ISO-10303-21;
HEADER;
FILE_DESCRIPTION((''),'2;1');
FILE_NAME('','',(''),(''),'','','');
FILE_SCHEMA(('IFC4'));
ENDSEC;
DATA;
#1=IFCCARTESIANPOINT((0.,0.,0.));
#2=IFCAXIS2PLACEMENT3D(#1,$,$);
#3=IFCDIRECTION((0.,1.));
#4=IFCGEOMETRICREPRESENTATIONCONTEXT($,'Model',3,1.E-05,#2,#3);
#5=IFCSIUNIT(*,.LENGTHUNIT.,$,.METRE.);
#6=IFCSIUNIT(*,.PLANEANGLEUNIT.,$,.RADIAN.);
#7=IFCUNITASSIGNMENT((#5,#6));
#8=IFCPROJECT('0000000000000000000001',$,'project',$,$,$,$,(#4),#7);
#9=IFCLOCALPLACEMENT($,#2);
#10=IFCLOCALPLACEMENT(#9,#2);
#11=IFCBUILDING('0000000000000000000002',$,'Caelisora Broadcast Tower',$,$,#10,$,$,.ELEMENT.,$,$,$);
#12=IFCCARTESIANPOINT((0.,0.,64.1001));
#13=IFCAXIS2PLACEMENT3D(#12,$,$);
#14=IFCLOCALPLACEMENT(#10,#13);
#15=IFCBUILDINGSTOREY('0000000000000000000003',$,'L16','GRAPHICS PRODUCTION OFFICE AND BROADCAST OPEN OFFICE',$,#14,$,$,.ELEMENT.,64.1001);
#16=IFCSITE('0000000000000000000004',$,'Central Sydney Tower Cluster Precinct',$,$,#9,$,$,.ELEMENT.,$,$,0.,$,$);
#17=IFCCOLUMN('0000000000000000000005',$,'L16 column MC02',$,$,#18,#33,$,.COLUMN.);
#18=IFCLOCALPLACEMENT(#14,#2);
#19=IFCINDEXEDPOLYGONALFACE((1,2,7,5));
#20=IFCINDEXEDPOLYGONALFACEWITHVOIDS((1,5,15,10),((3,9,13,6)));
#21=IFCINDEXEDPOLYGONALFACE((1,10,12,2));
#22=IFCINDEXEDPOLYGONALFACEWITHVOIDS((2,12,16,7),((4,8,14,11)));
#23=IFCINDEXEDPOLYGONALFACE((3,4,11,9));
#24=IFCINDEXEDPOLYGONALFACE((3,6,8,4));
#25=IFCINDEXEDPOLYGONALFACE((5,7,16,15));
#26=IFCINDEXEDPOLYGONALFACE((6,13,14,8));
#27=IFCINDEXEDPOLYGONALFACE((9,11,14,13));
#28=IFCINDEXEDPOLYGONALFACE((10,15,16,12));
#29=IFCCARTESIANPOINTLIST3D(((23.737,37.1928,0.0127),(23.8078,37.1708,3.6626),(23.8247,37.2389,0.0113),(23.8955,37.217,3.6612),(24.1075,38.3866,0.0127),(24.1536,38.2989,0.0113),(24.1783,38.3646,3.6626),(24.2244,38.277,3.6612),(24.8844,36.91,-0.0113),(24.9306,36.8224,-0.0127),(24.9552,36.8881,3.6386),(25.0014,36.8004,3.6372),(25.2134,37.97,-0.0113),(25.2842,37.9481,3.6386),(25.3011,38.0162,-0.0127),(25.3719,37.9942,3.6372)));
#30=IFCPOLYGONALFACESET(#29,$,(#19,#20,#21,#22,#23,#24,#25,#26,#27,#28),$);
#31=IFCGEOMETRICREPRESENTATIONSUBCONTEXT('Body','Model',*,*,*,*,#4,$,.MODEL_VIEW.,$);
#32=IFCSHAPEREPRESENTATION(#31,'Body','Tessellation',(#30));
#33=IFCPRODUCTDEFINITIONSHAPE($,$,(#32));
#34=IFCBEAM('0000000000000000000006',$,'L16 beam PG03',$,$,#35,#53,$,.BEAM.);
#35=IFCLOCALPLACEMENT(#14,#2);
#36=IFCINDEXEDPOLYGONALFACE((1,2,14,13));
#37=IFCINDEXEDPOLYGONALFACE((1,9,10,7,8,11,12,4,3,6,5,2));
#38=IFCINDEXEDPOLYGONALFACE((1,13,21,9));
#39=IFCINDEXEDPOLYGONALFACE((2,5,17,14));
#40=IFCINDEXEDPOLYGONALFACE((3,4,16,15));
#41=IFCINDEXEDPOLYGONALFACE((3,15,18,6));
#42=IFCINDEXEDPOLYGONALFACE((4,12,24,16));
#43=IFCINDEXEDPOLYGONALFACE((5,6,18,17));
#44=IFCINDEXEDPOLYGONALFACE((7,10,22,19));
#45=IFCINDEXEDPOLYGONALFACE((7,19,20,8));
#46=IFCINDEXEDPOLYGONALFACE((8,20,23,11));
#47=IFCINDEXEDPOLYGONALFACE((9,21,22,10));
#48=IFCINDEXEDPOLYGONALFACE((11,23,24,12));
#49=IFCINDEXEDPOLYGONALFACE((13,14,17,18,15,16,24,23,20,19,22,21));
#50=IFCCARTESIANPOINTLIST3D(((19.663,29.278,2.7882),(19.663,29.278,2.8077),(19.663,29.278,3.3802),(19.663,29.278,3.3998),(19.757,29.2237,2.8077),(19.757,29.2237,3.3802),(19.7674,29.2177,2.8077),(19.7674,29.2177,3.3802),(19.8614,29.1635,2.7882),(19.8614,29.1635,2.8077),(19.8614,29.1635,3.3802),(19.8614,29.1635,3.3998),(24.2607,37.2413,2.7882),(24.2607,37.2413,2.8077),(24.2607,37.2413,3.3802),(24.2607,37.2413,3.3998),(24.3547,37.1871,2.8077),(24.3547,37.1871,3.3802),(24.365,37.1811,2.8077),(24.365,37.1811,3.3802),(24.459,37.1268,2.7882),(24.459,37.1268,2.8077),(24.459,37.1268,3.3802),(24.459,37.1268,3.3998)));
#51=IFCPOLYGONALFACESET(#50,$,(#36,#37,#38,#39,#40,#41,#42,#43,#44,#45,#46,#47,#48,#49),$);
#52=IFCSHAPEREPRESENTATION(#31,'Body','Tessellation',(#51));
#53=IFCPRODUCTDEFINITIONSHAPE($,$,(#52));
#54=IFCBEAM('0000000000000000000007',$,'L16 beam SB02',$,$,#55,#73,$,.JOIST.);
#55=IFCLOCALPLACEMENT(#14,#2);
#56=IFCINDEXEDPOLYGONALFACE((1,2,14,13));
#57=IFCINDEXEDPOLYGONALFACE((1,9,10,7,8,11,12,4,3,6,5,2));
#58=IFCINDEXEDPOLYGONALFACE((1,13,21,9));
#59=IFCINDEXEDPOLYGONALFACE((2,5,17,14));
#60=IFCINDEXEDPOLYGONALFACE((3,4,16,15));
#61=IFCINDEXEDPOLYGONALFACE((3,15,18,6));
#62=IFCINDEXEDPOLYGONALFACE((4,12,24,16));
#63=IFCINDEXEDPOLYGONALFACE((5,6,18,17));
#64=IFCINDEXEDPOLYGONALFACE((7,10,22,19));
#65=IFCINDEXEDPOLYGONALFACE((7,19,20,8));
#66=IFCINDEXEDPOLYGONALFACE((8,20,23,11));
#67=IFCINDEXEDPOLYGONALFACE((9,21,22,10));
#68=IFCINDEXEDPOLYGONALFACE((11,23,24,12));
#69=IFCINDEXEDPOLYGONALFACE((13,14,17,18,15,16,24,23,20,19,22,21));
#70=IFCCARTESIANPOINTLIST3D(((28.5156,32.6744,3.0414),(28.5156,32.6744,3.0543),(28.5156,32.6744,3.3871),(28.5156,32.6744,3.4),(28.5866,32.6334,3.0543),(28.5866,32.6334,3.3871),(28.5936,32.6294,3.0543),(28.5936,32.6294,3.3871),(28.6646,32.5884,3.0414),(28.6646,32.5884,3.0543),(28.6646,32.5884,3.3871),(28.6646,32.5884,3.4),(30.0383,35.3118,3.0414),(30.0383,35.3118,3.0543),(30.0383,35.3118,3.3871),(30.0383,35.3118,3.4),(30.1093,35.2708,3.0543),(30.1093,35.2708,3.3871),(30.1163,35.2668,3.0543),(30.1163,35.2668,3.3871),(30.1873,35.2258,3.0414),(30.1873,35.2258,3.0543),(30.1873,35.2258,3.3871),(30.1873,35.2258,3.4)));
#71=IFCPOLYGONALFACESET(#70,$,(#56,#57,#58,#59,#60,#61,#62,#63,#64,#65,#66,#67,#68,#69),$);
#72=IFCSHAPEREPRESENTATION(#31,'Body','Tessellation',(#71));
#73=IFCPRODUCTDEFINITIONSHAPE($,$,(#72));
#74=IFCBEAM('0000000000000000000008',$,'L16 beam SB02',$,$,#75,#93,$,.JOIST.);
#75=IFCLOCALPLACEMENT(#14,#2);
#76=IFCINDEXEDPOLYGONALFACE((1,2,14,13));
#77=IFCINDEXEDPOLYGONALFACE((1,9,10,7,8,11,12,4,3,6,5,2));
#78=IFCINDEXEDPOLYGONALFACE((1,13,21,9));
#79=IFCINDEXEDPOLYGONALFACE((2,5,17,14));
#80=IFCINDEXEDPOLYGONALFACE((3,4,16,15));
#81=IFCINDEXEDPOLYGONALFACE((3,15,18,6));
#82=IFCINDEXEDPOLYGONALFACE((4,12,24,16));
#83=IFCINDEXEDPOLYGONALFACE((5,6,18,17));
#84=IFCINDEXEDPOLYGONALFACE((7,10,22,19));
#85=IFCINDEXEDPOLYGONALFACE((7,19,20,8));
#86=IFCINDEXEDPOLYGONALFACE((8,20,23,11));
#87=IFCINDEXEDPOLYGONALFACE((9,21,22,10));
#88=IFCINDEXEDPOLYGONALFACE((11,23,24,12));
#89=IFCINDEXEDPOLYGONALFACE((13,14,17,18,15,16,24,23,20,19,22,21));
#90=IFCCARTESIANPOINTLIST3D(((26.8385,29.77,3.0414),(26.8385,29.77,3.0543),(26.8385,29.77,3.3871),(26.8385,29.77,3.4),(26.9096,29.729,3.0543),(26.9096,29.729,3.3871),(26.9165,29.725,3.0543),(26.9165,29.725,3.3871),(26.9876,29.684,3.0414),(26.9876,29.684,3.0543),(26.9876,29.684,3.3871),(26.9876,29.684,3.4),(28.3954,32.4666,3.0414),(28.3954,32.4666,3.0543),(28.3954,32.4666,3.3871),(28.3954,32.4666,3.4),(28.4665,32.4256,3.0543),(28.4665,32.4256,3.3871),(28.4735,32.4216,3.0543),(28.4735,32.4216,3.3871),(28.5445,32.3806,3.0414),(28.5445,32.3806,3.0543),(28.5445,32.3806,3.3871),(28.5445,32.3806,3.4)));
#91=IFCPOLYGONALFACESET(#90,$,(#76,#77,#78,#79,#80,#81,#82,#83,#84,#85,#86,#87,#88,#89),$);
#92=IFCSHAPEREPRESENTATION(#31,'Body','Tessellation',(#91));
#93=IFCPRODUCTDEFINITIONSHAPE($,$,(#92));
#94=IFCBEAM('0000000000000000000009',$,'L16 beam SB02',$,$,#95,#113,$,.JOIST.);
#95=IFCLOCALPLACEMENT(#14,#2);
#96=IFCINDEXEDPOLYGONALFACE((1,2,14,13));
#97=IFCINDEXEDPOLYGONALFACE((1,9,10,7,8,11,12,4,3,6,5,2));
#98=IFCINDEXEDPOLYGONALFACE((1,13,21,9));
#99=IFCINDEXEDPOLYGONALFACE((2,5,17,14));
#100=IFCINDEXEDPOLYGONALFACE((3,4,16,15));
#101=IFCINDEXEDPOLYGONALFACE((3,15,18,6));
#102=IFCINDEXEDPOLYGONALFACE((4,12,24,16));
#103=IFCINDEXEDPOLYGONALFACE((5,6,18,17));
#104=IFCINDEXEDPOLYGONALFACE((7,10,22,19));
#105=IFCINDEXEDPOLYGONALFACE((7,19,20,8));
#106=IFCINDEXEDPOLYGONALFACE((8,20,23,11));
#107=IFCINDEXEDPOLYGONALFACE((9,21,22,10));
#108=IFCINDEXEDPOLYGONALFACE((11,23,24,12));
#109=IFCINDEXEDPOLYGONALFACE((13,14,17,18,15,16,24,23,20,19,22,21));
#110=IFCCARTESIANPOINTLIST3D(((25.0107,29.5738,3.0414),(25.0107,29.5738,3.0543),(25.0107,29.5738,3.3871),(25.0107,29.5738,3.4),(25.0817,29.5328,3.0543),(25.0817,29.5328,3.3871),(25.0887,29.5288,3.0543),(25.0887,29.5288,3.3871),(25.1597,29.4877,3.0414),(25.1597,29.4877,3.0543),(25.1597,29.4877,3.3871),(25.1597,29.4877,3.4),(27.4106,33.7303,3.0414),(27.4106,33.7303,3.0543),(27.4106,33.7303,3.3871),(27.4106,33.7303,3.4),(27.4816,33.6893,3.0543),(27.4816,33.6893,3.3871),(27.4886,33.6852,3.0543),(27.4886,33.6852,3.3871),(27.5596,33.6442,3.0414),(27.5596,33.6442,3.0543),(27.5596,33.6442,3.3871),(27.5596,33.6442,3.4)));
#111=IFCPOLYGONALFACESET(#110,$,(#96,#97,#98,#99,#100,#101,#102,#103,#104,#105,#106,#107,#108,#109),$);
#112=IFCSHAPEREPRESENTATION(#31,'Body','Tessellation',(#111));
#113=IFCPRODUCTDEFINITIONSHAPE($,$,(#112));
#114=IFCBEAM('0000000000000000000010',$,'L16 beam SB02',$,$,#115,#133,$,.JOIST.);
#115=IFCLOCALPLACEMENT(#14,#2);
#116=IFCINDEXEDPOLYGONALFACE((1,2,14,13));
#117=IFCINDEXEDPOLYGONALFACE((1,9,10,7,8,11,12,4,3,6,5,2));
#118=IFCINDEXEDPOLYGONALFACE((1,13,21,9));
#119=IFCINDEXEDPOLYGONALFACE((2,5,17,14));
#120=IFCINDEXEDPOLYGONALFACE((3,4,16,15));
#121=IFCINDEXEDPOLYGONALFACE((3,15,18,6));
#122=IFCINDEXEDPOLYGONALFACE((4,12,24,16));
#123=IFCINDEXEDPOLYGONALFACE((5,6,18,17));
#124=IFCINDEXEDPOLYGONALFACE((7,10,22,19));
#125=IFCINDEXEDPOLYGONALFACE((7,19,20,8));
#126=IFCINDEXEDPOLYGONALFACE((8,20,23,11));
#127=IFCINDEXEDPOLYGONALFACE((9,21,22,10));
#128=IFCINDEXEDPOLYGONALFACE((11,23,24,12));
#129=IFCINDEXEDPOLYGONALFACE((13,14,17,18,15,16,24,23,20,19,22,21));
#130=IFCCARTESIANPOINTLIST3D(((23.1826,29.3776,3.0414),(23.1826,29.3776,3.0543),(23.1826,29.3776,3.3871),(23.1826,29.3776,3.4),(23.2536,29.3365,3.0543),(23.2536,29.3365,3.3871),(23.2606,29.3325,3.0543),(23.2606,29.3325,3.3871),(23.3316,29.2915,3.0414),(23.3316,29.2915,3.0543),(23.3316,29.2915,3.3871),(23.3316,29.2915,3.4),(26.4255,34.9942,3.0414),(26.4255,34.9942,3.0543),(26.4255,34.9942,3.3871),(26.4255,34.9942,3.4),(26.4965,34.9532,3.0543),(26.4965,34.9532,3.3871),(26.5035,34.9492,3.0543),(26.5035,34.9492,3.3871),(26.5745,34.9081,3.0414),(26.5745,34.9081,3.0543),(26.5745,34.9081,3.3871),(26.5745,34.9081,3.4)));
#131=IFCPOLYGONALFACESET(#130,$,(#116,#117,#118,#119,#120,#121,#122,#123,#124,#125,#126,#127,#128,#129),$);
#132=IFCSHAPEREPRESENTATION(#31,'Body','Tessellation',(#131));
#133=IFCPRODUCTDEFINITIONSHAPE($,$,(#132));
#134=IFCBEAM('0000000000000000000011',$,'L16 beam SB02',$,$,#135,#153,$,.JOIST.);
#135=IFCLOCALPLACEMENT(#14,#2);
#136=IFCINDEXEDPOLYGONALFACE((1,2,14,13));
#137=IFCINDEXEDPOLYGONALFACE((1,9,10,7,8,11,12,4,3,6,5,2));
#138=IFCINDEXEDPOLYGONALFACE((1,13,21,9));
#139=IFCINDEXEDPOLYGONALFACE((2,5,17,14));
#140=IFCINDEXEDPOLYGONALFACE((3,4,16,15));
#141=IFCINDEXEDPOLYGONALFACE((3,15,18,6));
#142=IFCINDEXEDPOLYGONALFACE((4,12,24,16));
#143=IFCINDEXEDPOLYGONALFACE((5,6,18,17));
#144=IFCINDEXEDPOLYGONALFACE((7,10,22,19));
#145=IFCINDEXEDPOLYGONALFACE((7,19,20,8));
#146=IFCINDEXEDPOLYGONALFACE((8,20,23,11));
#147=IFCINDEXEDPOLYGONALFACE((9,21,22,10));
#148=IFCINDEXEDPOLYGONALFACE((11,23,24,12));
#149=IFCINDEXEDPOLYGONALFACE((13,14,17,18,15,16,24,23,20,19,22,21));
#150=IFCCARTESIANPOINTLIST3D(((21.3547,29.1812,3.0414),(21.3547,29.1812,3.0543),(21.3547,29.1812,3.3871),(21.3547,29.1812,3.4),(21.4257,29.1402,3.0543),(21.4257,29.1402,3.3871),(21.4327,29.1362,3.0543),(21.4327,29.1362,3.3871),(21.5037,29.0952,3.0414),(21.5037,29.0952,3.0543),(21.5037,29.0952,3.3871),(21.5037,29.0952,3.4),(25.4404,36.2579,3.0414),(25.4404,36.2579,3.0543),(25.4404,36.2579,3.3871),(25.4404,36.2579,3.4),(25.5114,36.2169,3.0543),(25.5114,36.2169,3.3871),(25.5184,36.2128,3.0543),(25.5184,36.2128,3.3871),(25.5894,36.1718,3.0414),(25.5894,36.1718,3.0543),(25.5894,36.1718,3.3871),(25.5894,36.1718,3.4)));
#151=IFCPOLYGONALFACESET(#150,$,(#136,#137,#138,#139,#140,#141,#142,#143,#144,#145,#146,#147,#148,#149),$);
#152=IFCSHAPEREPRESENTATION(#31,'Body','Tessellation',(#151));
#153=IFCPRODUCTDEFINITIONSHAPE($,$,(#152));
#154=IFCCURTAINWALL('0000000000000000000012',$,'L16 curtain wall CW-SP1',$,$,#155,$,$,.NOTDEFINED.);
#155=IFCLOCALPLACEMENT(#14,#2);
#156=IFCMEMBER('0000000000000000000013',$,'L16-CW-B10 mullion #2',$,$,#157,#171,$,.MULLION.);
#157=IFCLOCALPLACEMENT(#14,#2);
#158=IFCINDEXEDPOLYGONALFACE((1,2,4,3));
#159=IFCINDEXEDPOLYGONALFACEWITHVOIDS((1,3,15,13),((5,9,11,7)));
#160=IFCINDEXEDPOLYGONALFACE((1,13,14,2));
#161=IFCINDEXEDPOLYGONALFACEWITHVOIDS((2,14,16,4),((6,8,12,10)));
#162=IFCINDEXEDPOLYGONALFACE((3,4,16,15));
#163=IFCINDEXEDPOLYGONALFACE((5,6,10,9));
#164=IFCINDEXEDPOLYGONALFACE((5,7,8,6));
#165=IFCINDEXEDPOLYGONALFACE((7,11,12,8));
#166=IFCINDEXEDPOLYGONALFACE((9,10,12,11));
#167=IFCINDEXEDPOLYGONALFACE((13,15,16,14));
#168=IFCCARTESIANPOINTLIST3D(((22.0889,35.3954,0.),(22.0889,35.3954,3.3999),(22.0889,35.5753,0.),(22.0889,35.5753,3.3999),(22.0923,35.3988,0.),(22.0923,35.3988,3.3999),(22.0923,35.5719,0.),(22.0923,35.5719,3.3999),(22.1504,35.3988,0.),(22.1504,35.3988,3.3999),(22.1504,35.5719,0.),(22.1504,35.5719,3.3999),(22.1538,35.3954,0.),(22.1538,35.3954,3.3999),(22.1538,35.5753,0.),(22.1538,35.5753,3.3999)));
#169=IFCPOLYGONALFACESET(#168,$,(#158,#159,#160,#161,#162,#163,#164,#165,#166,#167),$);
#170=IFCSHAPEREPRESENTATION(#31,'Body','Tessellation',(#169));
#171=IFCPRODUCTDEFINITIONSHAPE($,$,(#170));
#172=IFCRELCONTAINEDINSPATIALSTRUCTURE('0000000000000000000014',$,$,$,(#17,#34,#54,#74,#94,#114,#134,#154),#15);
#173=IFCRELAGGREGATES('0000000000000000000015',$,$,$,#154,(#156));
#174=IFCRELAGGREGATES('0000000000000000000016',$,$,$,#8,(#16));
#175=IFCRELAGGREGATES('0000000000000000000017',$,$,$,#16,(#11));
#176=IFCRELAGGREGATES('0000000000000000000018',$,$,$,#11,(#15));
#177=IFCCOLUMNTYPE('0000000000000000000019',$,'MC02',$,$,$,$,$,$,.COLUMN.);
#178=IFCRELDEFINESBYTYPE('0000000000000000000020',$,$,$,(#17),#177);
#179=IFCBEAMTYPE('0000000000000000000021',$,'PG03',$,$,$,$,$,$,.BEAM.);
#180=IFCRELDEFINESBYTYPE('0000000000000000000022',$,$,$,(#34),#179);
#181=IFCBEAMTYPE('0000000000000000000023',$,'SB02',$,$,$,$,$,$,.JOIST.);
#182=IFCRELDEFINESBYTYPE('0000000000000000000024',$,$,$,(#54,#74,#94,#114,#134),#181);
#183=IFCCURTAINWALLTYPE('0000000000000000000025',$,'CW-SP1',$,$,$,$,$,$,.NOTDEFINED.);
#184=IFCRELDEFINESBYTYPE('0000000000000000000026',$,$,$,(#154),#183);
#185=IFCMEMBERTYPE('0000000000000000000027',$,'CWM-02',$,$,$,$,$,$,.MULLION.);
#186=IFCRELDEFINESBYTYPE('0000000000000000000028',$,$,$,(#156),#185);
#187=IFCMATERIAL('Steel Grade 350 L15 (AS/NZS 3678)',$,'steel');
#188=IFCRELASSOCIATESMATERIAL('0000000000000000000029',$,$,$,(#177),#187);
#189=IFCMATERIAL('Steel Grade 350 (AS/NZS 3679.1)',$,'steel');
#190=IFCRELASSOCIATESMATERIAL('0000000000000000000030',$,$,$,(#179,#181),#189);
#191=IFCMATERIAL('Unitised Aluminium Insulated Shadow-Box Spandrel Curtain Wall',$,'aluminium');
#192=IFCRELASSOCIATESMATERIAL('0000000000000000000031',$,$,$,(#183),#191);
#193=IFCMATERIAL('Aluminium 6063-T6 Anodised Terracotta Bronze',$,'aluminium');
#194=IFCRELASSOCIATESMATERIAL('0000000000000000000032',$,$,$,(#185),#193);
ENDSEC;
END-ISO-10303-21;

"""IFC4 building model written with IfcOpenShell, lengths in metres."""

from ifc_helpers import new_model, si_unit, direction, frame, origin, origin_2d, place, context, subcontext, project, spatial, hollow_rectangle, i_section, extrude, source, transform, mapped, material, material_profile, profile_set, type_object, type_shapes, element, aggregate, save


model = new_model("IFC4")

# Units and contexts
model_context = context("Model", 3, precision=1e-05, world=origin(), true_north=direction((0.0, 1.0)))
body_context = subcontext(model_context, "Body", "Model", "MODEL_VIEW")
ifc_project = project(units=[si_unit("LENGTHUNIT", "METRE"), si_unit("PLANEANGLEUNIT", "RADIAN")], contexts=[model_context])

# Site, building, storey
site_placement = place(None, origin())
site = spatial("IfcSite", under=ifc_project, at=site_placement, Name="Central Sydney Tower Cluster Precinct", CompositionType="ELEMENT", RefElevation=0.0)
building_placement = place(site_placement, origin())
building = spatial("IfcBuilding", under=site, at=building_placement, Name="Caelisora Broadcast Tower", CompositionType="ELEMENT")
storey_placement = place(building_placement, frame((0.0, 0.0, 64.1001)))
storey = spatial("IfcBuildingStorey", under=building, at=storey_placement, Name="L16", Description="GRAPHICS PRODUCTION OFFICE AND BROADCAST OPEN OFFICE", CompositionType="ELEMENT", Elevation=64.1001)

# Column
ifc_material_1 = material(Name="Steel Grade 350 L15 (AS/NZS 3678)", Category="steel")
ifc_material_profile_1 = material_profile(ifc_material_1, hollow_rectangle(XDim=1.25, YDim=1.25, WallThickness=0.0701, at=origin_2d()), Name="Steel Grade 350 L15 (AS/NZS 3678)")
ifc_profile_set_1 = profile_set([ifc_material_profile_1], Name="Steel Grade 350 L15 (AS/NZS 3678)")
column_type = type_object("IfcColumnType", Name="MC02", PredefinedType="COLUMN", material=ifc_profile_set_1)
shared_shape_1 = source(origin(), body_context, "Body", "SweptSolid", [
    extrude(hollow_rectangle(XDim=1.25, YDim=1.25, WallThickness=0.0701, at=origin_2d()), origin(), (0.0, 0.0, 1.0), 3.6506),
])
type_shapes(column_type, [shared_shape_1])
column_placement = place(storey_placement, frame((24.519, 37.6045, 0.0), z_axis=(0.019394, -0.006019, 0.999794), x_axis=(0.296399, 0.955064, 0.0)))
element("IfcColumn", 1, at=column_placement, inside=storey, type_object=column_type, Name="L16 column MC02", PredefinedType="COLUMN", context=body_context, shape_type="MappedRepresentation", body=[
    mapped(shared_shape_1, transform((0.0, 0.0, 0.0), scale=1.0)),
])

# Beams
ifc_material_2 = material(Name="Steel Grade 350 (AS/NZS 3679.1)", Category="steel")
ifc_material_profile_2 = material_profile(ifc_material_2, i_section(OverallWidth=0.229, OverallDepth=0.6116, WebThickness=0.012, FlangeThickness=0.0195, at=origin_2d()), Name="Steel Grade 350 (AS/NZS 3679.1)")
ifc_profile_set_2 = profile_set([ifc_material_profile_2], Name="Steel Grade 350 (AS/NZS 3679.1)")
beam_type_1 = type_object("IfcBeamType", Name="PG03", PredefinedType="BEAM", material=ifc_profile_set_2)
shared_shape_2 = source(origin(), body_context, "Body", "SweptSolid", [
    extrude(i_section(OverallWidth=0.229, OverallDepth=0.6116, WebThickness=0.012, FlangeThickness=0.0195, at=origin_2d()), origin(), (0.0, 0.0, 1.0), 9.1953),
])
type_shapes(beam_type_1, [shared_shape_2])
beam_1_placement = place(storey_placement, frame((24.3599, 37.1841, 3.094), z_axis=(-0.5, -0.866026, 0.0), x_axis=(0.866026, -0.5, 0.0)))
element("IfcBeam", 2, at=beam_1_placement, inside=storey, type_object=beam_type_1, Name="L16 beam PG03", PredefinedType="BEAM", context=body_context, shape_type="MappedRepresentation", body=[
    mapped(shared_shape_2, transform((0.0, 0.0, 0.0), scale=1.0)),
])
ifc_material_profile_3 = material_profile(ifc_material_2, i_section(OverallWidth=0.1721, OverallDepth=0.3586, WebThickness=0.0081, FlangeThickness=0.0129, at=origin_2d()), Name="Steel Grade 350 (AS/NZS 3679.1)")
ifc_profile_set_3 = profile_set([ifc_material_profile_3], Name="Steel Grade 350 (AS/NZS 3679.1)")
beam_type_2 = type_object("IfcBeamType", Name="SB02", PredefinedType="JOIST", material=ifc_profile_set_3)
shared_shape_3 = source(origin(), body_context, "Body", "SweptSolid", [
    extrude(i_section(OverallWidth=0.1721, OverallDepth=0.3586, WebThickness=0.0081, FlangeThickness=0.0129, at=origin_2d()), origin(), (0.0, 0.0, 1.0), 3.0454),
])
beam_2_placement = place(storey_placement, frame((30.1128, 35.2688, 3.2207), z_axis=(-0.499993, -0.866029, 0.0), x_axis=(0.866029, -0.499993, 0.0)))
element("IfcBeam", 3, at=beam_2_placement, inside=storey, type_object=beam_type_2, Name="L16 beam SB02", PredefinedType="JOIST", context=body_context, shape_type="MappedRepresentation", body=[
    mapped(shared_shape_3, transform((0.0, 0.0, 0.0), scale=1.0)),
])
shared_shape_4 = source(origin(), body_context, "Body", "SweptSolid", [
    extrude(i_section(OverallWidth=0.1721, OverallDepth=0.3586, WebThickness=0.0081, FlangeThickness=0.0129, at=origin_2d()), origin(), (0.0, 0.0, 1.0), 3.1138),
])
beam_3_placement = place(storey_placement, frame((28.47, 32.4236, 3.2207), z_axis=(-0.50001, -0.86602, 0.0), x_axis=(0.86602, -0.50001, 0.0)))
element("IfcBeam", 4, at=beam_3_placement, inside=storey, type_object=beam_type_2, Name="L16 beam SB02", PredefinedType="JOIST", context=body_context, shape_type="MappedRepresentation", body=[
    mapped(shared_shape_4, transform((0.0, 0.0, 0.0), scale=1.0)),
])
shared_shape_5 = source(origin(), body_context, "Body", "SweptSolid", [
    extrude(i_section(OverallWidth=0.1721, OverallDepth=0.3586, WebThickness=0.0081, FlangeThickness=0.0129, at=origin_2d()), origin(), (0.0, 0.0, 1.0), 4.7996),
])
beam_4_placement = place(storey_placement, frame((27.4851, 33.6873, 3.2207), z_axis=(-0.500023, -0.866012, 0.0), x_axis=(0.866012, -0.500023, 0.0)))
element("IfcBeam", 5, at=beam_4_placement, inside=storey, type_object=beam_type_2, Name="L16 beam SB02", PredefinedType="JOIST", context=body_context, shape_type="MappedRepresentation", body=[
    mapped(shared_shape_5, transform((0.0, 0.0, 0.0), scale=1.0)),
])
shared_shape_6 = source(origin(), body_context, "Body", "SweptSolid", [
    extrude(i_section(OverallWidth=0.1721, OverallDepth=0.3586, WebThickness=0.0081, FlangeThickness=0.0129, at=origin_2d()), origin(), (0.0, 0.0, 1.0), 6.4856),
])
beam_5_placement = place(storey_placement, frame((26.5, 34.9512, 3.2207), z_axis=(-0.500014, -0.866018, 0.0), x_axis=(0.866018, -0.500014, 0.0)))
element("IfcBeam", 6, at=beam_5_placement, inside=storey, type_object=beam_type_2, Name="L16 beam SB02", PredefinedType="JOIST", context=body_context, shape_type="MappedRepresentation", body=[
    mapped(shared_shape_6, transform((0.0, 0.0, 0.0), scale=1.0)),
])
shared_shape_7 = source(origin(), body_context, "Body", "SweptSolid", [
    extrude(i_section(OverallWidth=0.1721, OverallDepth=0.3586, WebThickness=0.0081, FlangeThickness=0.0129, at=origin_2d()), origin(), (0.0, 0.0, 1.0), 8.1714),
])
type_shapes(beam_type_2, [shared_shape_3, shared_shape_4, shared_shape_5, shared_shape_6, shared_shape_7])
beam_6_placement = place(storey_placement, frame((25.5149, 36.2148, 3.2207), z_axis=(-0.499998, -0.866026, 0.0), x_axis=(0.866026, -0.499998, 0.0)))
element("IfcBeam", 7, at=beam_6_placement, inside=storey, type_object=beam_type_2, Name="L16 beam SB02", PredefinedType="JOIST", context=body_context, shape_type="MappedRepresentation", body=[
    mapped(shared_shape_7, transform((0.0, 0.0, 0.0), scale=1.0)),
])

# Curtain wall, member
ifc_material_3 = material(Name="Unitised Aluminium Insulated Shadow-Box Spandrel Curtain Wall", Category="aluminium")
curtain_wall_type = type_object("IfcCurtainWallType", Name="CW-SP1", PredefinedType="NOTDEFINED", material=ifc_material_3)
curtain_wall_placement = place(storey_placement, origin())
curtain_wall = element("IfcCurtainWall", 8, at=curtain_wall_placement, inside=storey, type_object=curtain_wall_type, Name="L16 curtain wall CW-SP1", PredefinedType="NOTDEFINED")
ifc_material_4 = material(Name="Aluminium 6063-T6 Anodised Terracotta Bronze", Category="aluminium")
ifc_material_profile_4 = material_profile(ifc_material_4, hollow_rectangle(XDim=0.0649, YDim=0.1799, WallThickness=0.0034, at=origin_2d()), Name="Aluminium 6063-T6 Anodised Terracotta Bronze")
ifc_profile_set_4 = profile_set([ifc_material_profile_4], Name="Aluminium 6063-T6 Anodised Terracotta Bronze")
member_type = type_object("IfcMemberType", Name="CWM-02", PredefinedType="MULLION", material=ifc_profile_set_4)
shared_shape_8 = source(origin(), body_context, "Body", "SweptSolid", [
    extrude(hollow_rectangle(XDim=0.0649, YDim=0.1799, WallThickness=0.0034, at=origin_2d()), origin(), (0.0, 0.0, 1.0), 3.3999),
])
type_shapes(member_type, [shared_shape_8])
member_placement = place(storey_placement, frame((22.1213, 35.4854, 0.0), z_axis=(0.0, 0.0, 1.0), x_axis=(1.0, 0.0, 0.0)))
member = element("IfcMember", 9, at=member_placement, type_object=member_type, Name="L16-CW-B10 mullion #2", PredefinedType="MULLION", context=body_context, shape_type="MappedRepresentation", body=[
    mapped(shared_shape_8, transform((0.0, 0.0, 0.0), scale=1.0)),
])
aggregate(curtain_wall, [member])

save(model, "model.ifc")
